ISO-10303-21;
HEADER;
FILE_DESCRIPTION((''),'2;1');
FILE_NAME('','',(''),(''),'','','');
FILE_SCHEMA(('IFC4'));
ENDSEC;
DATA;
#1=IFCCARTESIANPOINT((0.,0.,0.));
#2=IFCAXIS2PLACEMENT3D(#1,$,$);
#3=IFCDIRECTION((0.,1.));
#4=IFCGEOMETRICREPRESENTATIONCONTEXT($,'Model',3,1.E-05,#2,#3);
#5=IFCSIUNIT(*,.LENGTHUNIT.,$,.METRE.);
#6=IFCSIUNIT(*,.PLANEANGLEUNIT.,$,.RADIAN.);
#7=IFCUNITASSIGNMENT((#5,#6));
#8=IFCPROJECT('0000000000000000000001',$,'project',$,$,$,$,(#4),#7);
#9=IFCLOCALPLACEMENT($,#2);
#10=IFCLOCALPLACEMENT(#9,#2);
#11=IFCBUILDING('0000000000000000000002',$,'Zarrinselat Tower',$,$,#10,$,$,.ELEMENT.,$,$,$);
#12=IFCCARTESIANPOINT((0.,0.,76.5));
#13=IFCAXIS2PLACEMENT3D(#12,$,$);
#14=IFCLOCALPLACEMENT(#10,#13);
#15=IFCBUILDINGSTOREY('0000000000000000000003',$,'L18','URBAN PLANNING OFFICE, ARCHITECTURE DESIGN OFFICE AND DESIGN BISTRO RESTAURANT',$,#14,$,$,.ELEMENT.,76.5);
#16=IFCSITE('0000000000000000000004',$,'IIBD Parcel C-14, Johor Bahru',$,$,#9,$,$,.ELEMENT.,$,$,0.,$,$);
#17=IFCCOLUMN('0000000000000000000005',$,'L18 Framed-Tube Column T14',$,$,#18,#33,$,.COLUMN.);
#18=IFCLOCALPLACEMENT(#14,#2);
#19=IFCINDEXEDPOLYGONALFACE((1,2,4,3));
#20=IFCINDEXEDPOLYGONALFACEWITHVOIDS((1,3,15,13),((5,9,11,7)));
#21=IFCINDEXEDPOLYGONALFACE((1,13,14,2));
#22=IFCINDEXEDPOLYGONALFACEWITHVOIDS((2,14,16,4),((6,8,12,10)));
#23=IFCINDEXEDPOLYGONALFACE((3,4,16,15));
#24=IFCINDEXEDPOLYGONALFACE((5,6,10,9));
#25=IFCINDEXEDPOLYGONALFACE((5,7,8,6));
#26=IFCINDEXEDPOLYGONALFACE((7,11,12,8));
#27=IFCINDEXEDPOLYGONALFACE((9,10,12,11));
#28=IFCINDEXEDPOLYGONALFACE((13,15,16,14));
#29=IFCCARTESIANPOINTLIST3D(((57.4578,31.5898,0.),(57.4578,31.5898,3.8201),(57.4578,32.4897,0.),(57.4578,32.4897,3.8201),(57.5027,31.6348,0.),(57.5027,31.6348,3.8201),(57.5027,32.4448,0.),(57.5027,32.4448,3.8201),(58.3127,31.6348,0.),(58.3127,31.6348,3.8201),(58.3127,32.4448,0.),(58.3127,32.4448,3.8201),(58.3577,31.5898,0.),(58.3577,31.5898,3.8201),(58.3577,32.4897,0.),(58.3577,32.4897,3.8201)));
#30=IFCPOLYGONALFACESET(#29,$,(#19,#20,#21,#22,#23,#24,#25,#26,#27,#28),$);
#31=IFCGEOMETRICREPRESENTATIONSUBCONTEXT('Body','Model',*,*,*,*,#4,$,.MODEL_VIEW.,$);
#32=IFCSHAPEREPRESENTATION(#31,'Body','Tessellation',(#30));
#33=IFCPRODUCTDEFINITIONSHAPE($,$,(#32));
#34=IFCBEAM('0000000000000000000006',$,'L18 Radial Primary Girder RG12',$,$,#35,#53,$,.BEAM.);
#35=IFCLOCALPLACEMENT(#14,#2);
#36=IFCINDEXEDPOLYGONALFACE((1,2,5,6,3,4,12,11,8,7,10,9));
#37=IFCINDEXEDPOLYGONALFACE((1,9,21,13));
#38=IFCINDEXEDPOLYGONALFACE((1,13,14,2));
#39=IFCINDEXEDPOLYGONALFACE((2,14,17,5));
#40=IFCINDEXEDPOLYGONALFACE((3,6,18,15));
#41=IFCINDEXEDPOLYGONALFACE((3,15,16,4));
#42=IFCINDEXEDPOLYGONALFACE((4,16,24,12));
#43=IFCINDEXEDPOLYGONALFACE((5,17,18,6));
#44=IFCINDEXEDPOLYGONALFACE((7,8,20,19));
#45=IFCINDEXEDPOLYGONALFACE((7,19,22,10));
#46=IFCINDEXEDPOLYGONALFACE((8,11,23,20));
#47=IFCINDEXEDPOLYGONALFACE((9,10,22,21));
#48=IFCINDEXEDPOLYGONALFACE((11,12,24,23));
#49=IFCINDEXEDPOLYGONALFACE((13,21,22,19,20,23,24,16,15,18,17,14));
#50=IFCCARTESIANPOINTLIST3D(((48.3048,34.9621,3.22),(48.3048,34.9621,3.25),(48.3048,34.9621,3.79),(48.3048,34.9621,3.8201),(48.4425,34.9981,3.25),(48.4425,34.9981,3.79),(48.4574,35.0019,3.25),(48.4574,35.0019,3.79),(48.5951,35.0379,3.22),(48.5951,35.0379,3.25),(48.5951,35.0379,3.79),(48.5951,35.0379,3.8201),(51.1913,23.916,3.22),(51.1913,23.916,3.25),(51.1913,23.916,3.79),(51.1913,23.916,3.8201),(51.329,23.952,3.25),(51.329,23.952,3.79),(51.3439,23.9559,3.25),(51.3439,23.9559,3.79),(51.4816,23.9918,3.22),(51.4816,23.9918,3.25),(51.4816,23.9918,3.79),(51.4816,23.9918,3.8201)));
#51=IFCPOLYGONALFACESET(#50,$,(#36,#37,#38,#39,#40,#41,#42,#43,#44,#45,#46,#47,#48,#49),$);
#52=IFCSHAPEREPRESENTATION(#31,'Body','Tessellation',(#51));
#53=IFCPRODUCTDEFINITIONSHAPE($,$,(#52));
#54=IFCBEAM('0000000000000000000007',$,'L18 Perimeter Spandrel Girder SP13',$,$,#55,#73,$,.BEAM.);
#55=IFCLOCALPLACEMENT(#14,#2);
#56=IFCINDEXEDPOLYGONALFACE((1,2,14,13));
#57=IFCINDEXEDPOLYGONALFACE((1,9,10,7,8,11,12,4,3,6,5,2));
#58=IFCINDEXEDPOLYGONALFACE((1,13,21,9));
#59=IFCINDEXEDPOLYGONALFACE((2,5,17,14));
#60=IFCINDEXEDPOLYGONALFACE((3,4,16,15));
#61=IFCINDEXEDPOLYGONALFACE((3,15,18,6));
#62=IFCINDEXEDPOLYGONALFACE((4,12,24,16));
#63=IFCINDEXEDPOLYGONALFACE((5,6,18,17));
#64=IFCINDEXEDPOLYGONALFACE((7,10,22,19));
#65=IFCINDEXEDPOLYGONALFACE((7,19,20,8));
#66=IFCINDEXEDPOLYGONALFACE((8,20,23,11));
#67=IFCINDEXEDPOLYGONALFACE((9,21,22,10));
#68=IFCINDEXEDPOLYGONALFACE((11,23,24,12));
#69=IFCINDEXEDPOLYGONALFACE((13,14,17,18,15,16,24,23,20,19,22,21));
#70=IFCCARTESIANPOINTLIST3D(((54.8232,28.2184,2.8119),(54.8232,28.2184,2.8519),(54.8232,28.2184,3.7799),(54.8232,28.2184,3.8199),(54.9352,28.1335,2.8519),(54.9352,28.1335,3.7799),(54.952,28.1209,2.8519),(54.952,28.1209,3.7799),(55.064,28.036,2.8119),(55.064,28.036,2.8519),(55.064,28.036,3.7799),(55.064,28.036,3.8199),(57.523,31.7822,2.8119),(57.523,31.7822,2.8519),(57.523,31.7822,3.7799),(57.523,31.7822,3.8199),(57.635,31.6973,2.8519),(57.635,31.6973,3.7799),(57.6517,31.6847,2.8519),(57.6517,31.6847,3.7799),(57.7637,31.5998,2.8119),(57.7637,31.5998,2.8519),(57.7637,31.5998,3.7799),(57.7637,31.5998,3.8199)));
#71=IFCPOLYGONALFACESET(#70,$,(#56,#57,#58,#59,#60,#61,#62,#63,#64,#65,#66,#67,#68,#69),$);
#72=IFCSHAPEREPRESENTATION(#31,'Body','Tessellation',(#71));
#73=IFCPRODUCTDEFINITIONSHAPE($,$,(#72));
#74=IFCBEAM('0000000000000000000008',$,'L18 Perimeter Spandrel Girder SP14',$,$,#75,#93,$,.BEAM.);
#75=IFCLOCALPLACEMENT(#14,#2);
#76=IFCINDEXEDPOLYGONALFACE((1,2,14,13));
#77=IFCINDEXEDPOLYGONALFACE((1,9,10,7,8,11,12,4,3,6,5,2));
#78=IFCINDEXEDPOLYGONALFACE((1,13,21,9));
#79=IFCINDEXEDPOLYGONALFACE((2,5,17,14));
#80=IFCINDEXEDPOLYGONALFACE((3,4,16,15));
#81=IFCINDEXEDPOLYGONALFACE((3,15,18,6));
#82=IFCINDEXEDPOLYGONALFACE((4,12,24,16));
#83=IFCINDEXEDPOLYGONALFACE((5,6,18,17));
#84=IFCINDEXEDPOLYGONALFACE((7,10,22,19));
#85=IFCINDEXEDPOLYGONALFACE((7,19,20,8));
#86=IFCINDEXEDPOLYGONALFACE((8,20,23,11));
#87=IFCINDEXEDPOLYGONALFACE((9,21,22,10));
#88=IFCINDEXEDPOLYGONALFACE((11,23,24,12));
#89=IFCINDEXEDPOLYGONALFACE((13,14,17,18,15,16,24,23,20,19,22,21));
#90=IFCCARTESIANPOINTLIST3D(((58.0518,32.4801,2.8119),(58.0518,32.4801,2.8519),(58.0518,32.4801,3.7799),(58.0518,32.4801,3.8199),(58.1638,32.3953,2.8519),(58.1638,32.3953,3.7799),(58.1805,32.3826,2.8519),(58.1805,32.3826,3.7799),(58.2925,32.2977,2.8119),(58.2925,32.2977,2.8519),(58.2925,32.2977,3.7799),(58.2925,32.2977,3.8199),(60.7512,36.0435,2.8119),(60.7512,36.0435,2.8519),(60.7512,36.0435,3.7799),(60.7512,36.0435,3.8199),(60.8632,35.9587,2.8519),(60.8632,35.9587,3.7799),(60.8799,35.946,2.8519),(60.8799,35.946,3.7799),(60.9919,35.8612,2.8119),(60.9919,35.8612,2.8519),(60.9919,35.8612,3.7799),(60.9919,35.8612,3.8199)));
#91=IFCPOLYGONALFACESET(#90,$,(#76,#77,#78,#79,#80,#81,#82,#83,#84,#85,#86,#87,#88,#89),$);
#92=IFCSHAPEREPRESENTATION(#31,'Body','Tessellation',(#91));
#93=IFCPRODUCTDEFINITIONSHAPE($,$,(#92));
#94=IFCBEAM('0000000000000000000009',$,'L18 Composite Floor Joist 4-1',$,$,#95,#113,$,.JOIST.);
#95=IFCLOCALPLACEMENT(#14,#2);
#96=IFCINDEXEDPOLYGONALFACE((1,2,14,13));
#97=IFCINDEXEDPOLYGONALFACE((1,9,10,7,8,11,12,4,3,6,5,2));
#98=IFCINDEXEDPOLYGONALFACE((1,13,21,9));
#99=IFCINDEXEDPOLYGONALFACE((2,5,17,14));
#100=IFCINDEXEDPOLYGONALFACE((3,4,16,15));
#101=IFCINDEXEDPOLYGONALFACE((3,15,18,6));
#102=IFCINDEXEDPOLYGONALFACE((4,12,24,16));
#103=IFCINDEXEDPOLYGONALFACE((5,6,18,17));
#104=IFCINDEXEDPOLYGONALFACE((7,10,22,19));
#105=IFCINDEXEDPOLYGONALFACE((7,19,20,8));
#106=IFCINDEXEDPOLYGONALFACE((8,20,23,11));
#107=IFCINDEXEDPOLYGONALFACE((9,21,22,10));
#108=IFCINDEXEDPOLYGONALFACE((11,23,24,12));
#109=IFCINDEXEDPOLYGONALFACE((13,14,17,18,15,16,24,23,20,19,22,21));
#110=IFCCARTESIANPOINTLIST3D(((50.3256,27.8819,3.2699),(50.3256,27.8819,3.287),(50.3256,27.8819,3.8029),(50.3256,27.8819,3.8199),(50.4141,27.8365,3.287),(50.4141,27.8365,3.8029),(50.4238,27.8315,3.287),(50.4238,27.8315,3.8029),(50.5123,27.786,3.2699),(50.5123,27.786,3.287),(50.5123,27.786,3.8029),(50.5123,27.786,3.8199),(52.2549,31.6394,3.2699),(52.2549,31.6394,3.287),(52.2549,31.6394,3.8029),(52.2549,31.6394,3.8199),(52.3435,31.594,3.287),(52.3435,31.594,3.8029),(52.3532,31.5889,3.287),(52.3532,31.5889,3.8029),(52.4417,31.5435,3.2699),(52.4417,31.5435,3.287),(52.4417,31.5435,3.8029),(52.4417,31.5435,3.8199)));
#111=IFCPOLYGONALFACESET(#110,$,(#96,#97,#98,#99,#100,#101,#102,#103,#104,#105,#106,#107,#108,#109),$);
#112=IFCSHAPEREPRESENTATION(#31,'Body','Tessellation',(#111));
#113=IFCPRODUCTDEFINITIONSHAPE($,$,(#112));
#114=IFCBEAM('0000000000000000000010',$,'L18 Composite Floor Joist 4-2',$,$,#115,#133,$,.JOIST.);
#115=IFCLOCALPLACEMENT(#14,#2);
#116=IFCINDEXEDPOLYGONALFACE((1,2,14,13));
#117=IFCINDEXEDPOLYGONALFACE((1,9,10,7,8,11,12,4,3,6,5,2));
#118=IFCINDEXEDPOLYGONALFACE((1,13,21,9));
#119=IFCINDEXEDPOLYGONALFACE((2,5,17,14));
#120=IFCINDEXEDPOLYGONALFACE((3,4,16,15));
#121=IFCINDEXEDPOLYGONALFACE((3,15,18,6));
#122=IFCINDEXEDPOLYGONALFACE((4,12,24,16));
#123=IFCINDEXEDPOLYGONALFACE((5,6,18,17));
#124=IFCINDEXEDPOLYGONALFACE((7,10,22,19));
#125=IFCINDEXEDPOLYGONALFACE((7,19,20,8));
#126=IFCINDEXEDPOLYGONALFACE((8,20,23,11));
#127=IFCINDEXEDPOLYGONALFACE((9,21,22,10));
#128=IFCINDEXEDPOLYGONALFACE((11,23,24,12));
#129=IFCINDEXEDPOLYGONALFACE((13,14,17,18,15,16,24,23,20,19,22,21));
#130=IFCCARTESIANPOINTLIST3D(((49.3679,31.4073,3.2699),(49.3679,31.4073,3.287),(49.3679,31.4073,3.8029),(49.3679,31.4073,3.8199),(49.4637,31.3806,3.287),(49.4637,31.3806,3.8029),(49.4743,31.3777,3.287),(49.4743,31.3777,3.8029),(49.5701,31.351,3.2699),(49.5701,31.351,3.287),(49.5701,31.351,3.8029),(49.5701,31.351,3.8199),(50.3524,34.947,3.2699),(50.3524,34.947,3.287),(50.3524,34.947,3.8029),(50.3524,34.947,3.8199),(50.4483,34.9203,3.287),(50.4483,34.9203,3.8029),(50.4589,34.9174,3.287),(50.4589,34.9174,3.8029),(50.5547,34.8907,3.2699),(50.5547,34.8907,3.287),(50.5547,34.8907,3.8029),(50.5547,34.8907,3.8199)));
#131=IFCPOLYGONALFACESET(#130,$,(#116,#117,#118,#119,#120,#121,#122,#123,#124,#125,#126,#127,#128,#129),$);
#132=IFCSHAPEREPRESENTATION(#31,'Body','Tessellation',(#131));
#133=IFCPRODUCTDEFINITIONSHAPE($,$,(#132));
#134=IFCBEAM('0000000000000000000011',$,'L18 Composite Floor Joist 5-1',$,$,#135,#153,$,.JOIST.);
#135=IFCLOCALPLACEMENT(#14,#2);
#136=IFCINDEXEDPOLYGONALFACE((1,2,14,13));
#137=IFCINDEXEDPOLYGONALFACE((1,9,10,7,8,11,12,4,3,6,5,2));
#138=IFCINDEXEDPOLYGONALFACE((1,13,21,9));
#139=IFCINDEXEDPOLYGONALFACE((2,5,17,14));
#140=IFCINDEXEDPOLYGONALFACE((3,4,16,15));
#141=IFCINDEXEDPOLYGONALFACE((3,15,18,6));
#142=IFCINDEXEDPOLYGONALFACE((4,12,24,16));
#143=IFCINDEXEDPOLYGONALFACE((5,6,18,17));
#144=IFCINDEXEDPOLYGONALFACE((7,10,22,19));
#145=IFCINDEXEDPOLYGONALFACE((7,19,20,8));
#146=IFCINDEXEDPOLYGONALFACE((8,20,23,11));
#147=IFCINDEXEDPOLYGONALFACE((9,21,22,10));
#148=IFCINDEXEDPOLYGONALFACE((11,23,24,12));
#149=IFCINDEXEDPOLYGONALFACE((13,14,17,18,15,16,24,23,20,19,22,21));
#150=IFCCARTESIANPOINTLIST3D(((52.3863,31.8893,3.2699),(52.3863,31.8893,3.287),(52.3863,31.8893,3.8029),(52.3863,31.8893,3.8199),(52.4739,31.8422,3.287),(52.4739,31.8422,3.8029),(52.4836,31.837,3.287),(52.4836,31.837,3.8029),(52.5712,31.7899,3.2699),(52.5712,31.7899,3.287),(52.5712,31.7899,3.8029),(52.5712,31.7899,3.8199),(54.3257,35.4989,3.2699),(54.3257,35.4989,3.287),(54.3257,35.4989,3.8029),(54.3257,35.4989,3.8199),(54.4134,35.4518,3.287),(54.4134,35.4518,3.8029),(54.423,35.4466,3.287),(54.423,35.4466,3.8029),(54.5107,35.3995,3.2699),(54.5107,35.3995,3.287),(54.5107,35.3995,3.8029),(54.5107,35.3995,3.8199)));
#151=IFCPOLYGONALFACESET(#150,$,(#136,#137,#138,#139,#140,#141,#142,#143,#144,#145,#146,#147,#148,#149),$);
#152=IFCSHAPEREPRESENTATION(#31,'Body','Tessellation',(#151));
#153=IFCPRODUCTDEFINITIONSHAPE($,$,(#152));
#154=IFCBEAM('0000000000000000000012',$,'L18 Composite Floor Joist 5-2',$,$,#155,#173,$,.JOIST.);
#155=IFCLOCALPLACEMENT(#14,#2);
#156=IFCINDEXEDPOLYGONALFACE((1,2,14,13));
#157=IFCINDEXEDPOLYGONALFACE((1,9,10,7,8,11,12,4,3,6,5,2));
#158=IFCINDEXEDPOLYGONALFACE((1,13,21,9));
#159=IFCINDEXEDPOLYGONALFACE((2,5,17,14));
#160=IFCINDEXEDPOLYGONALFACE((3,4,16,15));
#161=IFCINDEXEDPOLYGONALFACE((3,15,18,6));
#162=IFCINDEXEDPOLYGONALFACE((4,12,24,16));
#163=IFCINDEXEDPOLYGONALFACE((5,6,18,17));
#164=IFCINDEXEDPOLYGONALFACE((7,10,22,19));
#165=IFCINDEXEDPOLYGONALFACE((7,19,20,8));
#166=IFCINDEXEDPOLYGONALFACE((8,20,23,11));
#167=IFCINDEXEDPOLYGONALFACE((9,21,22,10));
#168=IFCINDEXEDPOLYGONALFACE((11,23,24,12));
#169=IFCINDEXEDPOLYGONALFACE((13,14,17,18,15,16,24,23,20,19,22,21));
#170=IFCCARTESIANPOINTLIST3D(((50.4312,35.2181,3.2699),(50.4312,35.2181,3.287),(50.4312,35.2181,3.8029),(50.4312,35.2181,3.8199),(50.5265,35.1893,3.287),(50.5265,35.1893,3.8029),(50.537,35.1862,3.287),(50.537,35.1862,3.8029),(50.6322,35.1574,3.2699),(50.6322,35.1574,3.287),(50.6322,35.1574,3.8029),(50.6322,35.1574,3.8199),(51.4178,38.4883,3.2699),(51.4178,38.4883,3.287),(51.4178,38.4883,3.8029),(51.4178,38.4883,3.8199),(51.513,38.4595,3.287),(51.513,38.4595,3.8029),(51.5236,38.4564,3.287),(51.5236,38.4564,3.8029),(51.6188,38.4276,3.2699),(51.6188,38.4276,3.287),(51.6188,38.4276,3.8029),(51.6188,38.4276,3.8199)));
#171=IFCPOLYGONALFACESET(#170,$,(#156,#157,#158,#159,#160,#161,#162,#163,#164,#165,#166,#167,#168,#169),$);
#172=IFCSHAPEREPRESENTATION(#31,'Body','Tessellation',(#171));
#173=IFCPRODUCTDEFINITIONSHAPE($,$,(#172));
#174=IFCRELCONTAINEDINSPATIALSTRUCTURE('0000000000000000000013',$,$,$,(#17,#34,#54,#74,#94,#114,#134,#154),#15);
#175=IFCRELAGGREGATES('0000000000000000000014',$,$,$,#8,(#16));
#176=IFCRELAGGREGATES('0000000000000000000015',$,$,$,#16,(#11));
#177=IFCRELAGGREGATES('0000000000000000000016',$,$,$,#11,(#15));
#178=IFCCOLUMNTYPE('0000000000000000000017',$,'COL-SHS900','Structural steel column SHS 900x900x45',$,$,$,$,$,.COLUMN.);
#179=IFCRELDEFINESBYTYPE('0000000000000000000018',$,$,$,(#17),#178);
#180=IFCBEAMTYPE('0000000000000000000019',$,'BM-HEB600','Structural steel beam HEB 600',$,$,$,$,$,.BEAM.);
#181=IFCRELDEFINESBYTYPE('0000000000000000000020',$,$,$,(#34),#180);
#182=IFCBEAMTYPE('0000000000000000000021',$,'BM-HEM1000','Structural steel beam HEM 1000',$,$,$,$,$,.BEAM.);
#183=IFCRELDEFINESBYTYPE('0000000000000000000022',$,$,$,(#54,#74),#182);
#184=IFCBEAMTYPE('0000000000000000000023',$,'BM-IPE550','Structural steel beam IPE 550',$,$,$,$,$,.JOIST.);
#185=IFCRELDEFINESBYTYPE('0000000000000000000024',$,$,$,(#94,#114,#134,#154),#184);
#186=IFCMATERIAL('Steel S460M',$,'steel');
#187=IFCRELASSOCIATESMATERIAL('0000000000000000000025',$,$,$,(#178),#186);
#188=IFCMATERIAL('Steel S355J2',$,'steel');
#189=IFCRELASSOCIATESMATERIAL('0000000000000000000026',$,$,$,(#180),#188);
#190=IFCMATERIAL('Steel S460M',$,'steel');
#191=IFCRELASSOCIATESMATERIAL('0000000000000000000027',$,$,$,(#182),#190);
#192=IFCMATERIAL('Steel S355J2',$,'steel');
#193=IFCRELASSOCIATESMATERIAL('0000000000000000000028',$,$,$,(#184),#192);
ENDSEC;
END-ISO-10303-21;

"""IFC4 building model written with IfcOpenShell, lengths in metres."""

from ifc_helpers import new_model, si_unit, direction, frame, origin, origin_2d, place, context, subcontext, project, spatial, hollow_rectangle, i_section, extrude, material, material_profile, profile_set, type_object, element, save


model = new_model("IFC4")

# Units and contexts
model_context = context("Model", 3, precision=1e-05, world=origin(), true_north=direction((0.0, 1.0)))
body_context = subcontext(model_context, "Body", "Model", "MODEL_VIEW")
ifc_project = project(units=[si_unit("LENGTHUNIT", "METRE"), si_unit("PLANEANGLEUNIT", "RADIAN")], contexts=[model_context])

# Site, building, storey
site_placement = place(None, origin())
site = spatial("IfcSite", under=ifc_project, at=site_placement, Name="IIBD Parcel C-14, Johor Bahru", CompositionType="ELEMENT", RefElevation=0.0)
building_placement = place(site_placement, origin())
building = spatial("IfcBuilding", under=site, at=building_placement, Name="Zarrinselat Tower", CompositionType="ELEMENT")
storey_placement = place(building_placement, frame((0.0, 0.0, 76.5)))
storey = spatial("IfcBuildingStorey", under=building, at=storey_placement, Name="L18", Description="URBAN PLANNING OFFICE, ARCHITECTURE DESIGN OFFICE AND DESIGN BISTRO RESTAURANT", CompositionType="ELEMENT", Elevation=76.5)

# Column
ifc_material_1 = material(Name="Steel S460M", Category="steel")
ifc_material_profile_1 = material_profile(ifc_material_1, hollow_rectangle(XDim=0.8999, YDim=0.8999, WallThickness=0.0449, at=origin_2d()), Name="SHS 900x900x45")
ifc_profile_set_1 = profile_set([ifc_material_profile_1], Name="Steel S460M")
column_type = type_object("IfcColumnType", Name="COL-SHS900", Description="Structural steel column SHS 900x900x45", PredefinedType="COLUMN", material=ifc_profile_set_1)
column_placement = place(storey_placement, frame((57.9077, 32.0398, 0.0), z_axis=(0.0, 0.0, 1.0), x_axis=(1.0, 0.0, 0.0)))
element("IfcColumn", 1, at=column_placement, inside=storey, type_object=column_type, Name="L18 Framed-Tube Column T14", PredefinedType="COLUMN", context=body_context, shape_type="SweptSolid", body=[
    extrude(hollow_rectangle(XDim=0.8999, YDim=0.8999, WallThickness=0.0449, at=origin_2d()), origin(), (0.0, 0.0, 1.0), 3.8201),
])

# Beams
ifc_material_2 = material(Name="Steel S355J2", Category="steel")
ifc_material_profile_2 = material_profile(ifc_material_2, i_section(OverallWidth=0.3, OverallDepth=0.6001, WebThickness=0.0154, FlangeThickness=0.03, at=origin_2d()), Name="HEB 600")
ifc_profile_set_2 = profile_set([ifc_material_profile_2], Name="Steel S355J2")
beam_type_1 = type_object("IfcBeamType", Name="BM-HEB600", Description="Structural steel beam HEB 600", PredefinedType="BEAM", material=ifc_profile_set_2)
beam_1_placement = place(storey_placement, frame((48.45, 35.0, 3.52), z_axis=(0.252821, -0.967513, 0.0), x_axis=(0.967513, 0.252821, 0.0)))
element("IfcBeam", 2, at=beam_1_placement, inside=storey, type_object=beam_type_1, Name="L18 Radial Primary Girder RG12", PredefinedType="BEAM", context=body_context, shape_type="SweptSolid", body=[
    extrude(i_section(OverallWidth=0.3, OverallDepth=0.6001, WebThickness=0.0154, FlangeThickness=0.03, at=origin_2d()), origin(), (0.0, 0.0, 1.0), 11.417),
])
ifc_material_3 = material(Name="Steel S460M", Category="steel")
ifc_material_profile_3 = material_profile(ifc_material_3, i_section(OverallWidth=0.302, OverallDepth=1.0081, WebThickness=0.021, FlangeThickness=0.04, at=origin_2d()), Name="HEM 1000")
ifc_profile_set_3 = profile_set([ifc_material_profile_3], Name="Steel S460M")
beam_type_2 = type_object("IfcBeamType", Name="BM-HEM1000", Description="Structural steel beam HEM 1000", PredefinedType="BEAM", material=ifc_profile_set_3)
beam_2_placement = place(storey_placement, frame((54.9436, 28.1272, 3.3159), z_axis=(0.603846, 0.797101, 0.0), x_axis=(-0.797101, 0.603846, 0.0)))
element("IfcBeam", 3, at=beam_2_placement, inside=storey, type_object=beam_type_2, Name="L18 Perimeter Spandrel Girder SP13", PredefinedType="BEAM", context=body_context, shape_type="SweptSolid", body=[
    extrude(i_section(OverallWidth=0.302, OverallDepth=1.0081, WebThickness=0.021, FlangeThickness=0.04, at=origin_2d()), origin(), (0.0, 0.0, 1.0), 4.4709),
])
beam_3_placement = place(storey_placement, frame((58.1721, 32.3889, 3.3159), z_axis=(0.603838, 0.797107, 0.0), x_axis=(-0.797107, 0.603838, 0.0)))
element("IfcBeam", 4, at=beam_3_placement, inside=storey, type_object=beam_type_2, Name="L18 Perimeter Spandrel Girder SP14", PredefinedType="BEAM", context=body_context, shape_type="SweptSolid", body=[
    extrude(i_section(OverallWidth=0.302, OverallDepth=1.0081, WebThickness=0.021, FlangeThickness=0.04, at=origin_2d()), origin(), (0.0, 0.0, 1.0), 4.4705),
])
ifc_material_4 = material(Name="Steel S355J2", Category="steel")
ifc_material_profile_4 = material_profile(ifc_material_4, i_section(OverallWidth=0.21, OverallDepth=0.55, WebThickness=0.011, FlangeThickness=0.0171, at=origin_2d()), Name="IPE 550")
ifc_profile_set_4 = profile_set([ifc_material_profile_4], Name="Steel S355J2")
beam_type_3 = type_object("IfcBeamType", Name="BM-IPE550", Description="Structural steel beam IPE 550", PredefinedType="JOIST", material=ifc_profile_set_4)
beam_4_placement = place(storey_placement, frame((50.4189, 27.834, 3.5449), z_axis=(0.456782, 0.889578, 0.0), x_axis=(-0.889578, 0.456782, 0.0)))
element("IfcBeam", 5, at=beam_4_placement, inside=storey, type_object=beam_type_3, Name="L18 Composite Floor Joist 4-1", PredefinedType="JOIST", context=body_context, shape_type="SweptSolid", body=[
    extrude(i_section(OverallWidth=0.21, OverallDepth=0.55, WebThickness=0.011, FlangeThickness=0.0171, at=origin_2d()), origin(), (0.0, 0.0, 1.0), 4.2239),
])
beam_5_placement = place(storey_placement, frame((49.469, 31.3792, 3.5449), z_axis=(0.267983, 0.963424, 0.0), x_axis=(-0.963424, 0.267983, 0.0)))
element("IfcBeam", 6, at=beam_5_placement, inside=storey, type_object=beam_type_3, Name="L18 Composite Floor Joist 4-2", PredefinedType="JOIST", context=body_context, shape_type="SweptSolid", body=[
    extrude(i_section(OverallWidth=0.21, OverallDepth=0.55, WebThickness=0.011, FlangeThickness=0.0171, at=origin_2d()), origin(), (0.0, 0.0, 1.0), 3.6741),
])
beam_6_placement = place(storey_placement, frame((52.4788, 31.8396, 3.5449), z_axis=(0.473307, 0.880897, 0.0), x_axis=(-0.880897, 0.473307, 0.0)))
element("IfcBeam", 7, at=beam_6_placement, inside=storey, type_object=beam_type_3, Name="L18 Composite Floor Joist 5-1", PredefinedType="JOIST", context=body_context, shape_type="SweptSolid", body=[
    extrude(i_section(OverallWidth=0.21, OverallDepth=0.55, WebThickness=0.011, FlangeThickness=0.0171, at=origin_2d()), origin(), (0.0, 0.0, 1.0), 4.0977),
])
beam_7_placement = place(storey_placement, frame((50.5317, 35.1877, 3.5449), z_axis=(0.288823, 0.957383, 0.0), x_axis=(-0.957383, 0.288823, 0.0)))
element("IfcBeam", 8, at=beam_7_placement, inside=storey, type_object=beam_type_3, Name="L18 Composite Floor Joist 5-2", PredefinedType="JOIST", context=body_context, shape_type="SweptSolid", body=[
    extrude(i_section(OverallWidth=0.21, OverallDepth=0.55, WebThickness=0.011, FlangeThickness=0.0171, at=origin_2d()), origin(), (0.0, 0.0, 1.0), 3.4158),
])

save(model, "model.ifc")
